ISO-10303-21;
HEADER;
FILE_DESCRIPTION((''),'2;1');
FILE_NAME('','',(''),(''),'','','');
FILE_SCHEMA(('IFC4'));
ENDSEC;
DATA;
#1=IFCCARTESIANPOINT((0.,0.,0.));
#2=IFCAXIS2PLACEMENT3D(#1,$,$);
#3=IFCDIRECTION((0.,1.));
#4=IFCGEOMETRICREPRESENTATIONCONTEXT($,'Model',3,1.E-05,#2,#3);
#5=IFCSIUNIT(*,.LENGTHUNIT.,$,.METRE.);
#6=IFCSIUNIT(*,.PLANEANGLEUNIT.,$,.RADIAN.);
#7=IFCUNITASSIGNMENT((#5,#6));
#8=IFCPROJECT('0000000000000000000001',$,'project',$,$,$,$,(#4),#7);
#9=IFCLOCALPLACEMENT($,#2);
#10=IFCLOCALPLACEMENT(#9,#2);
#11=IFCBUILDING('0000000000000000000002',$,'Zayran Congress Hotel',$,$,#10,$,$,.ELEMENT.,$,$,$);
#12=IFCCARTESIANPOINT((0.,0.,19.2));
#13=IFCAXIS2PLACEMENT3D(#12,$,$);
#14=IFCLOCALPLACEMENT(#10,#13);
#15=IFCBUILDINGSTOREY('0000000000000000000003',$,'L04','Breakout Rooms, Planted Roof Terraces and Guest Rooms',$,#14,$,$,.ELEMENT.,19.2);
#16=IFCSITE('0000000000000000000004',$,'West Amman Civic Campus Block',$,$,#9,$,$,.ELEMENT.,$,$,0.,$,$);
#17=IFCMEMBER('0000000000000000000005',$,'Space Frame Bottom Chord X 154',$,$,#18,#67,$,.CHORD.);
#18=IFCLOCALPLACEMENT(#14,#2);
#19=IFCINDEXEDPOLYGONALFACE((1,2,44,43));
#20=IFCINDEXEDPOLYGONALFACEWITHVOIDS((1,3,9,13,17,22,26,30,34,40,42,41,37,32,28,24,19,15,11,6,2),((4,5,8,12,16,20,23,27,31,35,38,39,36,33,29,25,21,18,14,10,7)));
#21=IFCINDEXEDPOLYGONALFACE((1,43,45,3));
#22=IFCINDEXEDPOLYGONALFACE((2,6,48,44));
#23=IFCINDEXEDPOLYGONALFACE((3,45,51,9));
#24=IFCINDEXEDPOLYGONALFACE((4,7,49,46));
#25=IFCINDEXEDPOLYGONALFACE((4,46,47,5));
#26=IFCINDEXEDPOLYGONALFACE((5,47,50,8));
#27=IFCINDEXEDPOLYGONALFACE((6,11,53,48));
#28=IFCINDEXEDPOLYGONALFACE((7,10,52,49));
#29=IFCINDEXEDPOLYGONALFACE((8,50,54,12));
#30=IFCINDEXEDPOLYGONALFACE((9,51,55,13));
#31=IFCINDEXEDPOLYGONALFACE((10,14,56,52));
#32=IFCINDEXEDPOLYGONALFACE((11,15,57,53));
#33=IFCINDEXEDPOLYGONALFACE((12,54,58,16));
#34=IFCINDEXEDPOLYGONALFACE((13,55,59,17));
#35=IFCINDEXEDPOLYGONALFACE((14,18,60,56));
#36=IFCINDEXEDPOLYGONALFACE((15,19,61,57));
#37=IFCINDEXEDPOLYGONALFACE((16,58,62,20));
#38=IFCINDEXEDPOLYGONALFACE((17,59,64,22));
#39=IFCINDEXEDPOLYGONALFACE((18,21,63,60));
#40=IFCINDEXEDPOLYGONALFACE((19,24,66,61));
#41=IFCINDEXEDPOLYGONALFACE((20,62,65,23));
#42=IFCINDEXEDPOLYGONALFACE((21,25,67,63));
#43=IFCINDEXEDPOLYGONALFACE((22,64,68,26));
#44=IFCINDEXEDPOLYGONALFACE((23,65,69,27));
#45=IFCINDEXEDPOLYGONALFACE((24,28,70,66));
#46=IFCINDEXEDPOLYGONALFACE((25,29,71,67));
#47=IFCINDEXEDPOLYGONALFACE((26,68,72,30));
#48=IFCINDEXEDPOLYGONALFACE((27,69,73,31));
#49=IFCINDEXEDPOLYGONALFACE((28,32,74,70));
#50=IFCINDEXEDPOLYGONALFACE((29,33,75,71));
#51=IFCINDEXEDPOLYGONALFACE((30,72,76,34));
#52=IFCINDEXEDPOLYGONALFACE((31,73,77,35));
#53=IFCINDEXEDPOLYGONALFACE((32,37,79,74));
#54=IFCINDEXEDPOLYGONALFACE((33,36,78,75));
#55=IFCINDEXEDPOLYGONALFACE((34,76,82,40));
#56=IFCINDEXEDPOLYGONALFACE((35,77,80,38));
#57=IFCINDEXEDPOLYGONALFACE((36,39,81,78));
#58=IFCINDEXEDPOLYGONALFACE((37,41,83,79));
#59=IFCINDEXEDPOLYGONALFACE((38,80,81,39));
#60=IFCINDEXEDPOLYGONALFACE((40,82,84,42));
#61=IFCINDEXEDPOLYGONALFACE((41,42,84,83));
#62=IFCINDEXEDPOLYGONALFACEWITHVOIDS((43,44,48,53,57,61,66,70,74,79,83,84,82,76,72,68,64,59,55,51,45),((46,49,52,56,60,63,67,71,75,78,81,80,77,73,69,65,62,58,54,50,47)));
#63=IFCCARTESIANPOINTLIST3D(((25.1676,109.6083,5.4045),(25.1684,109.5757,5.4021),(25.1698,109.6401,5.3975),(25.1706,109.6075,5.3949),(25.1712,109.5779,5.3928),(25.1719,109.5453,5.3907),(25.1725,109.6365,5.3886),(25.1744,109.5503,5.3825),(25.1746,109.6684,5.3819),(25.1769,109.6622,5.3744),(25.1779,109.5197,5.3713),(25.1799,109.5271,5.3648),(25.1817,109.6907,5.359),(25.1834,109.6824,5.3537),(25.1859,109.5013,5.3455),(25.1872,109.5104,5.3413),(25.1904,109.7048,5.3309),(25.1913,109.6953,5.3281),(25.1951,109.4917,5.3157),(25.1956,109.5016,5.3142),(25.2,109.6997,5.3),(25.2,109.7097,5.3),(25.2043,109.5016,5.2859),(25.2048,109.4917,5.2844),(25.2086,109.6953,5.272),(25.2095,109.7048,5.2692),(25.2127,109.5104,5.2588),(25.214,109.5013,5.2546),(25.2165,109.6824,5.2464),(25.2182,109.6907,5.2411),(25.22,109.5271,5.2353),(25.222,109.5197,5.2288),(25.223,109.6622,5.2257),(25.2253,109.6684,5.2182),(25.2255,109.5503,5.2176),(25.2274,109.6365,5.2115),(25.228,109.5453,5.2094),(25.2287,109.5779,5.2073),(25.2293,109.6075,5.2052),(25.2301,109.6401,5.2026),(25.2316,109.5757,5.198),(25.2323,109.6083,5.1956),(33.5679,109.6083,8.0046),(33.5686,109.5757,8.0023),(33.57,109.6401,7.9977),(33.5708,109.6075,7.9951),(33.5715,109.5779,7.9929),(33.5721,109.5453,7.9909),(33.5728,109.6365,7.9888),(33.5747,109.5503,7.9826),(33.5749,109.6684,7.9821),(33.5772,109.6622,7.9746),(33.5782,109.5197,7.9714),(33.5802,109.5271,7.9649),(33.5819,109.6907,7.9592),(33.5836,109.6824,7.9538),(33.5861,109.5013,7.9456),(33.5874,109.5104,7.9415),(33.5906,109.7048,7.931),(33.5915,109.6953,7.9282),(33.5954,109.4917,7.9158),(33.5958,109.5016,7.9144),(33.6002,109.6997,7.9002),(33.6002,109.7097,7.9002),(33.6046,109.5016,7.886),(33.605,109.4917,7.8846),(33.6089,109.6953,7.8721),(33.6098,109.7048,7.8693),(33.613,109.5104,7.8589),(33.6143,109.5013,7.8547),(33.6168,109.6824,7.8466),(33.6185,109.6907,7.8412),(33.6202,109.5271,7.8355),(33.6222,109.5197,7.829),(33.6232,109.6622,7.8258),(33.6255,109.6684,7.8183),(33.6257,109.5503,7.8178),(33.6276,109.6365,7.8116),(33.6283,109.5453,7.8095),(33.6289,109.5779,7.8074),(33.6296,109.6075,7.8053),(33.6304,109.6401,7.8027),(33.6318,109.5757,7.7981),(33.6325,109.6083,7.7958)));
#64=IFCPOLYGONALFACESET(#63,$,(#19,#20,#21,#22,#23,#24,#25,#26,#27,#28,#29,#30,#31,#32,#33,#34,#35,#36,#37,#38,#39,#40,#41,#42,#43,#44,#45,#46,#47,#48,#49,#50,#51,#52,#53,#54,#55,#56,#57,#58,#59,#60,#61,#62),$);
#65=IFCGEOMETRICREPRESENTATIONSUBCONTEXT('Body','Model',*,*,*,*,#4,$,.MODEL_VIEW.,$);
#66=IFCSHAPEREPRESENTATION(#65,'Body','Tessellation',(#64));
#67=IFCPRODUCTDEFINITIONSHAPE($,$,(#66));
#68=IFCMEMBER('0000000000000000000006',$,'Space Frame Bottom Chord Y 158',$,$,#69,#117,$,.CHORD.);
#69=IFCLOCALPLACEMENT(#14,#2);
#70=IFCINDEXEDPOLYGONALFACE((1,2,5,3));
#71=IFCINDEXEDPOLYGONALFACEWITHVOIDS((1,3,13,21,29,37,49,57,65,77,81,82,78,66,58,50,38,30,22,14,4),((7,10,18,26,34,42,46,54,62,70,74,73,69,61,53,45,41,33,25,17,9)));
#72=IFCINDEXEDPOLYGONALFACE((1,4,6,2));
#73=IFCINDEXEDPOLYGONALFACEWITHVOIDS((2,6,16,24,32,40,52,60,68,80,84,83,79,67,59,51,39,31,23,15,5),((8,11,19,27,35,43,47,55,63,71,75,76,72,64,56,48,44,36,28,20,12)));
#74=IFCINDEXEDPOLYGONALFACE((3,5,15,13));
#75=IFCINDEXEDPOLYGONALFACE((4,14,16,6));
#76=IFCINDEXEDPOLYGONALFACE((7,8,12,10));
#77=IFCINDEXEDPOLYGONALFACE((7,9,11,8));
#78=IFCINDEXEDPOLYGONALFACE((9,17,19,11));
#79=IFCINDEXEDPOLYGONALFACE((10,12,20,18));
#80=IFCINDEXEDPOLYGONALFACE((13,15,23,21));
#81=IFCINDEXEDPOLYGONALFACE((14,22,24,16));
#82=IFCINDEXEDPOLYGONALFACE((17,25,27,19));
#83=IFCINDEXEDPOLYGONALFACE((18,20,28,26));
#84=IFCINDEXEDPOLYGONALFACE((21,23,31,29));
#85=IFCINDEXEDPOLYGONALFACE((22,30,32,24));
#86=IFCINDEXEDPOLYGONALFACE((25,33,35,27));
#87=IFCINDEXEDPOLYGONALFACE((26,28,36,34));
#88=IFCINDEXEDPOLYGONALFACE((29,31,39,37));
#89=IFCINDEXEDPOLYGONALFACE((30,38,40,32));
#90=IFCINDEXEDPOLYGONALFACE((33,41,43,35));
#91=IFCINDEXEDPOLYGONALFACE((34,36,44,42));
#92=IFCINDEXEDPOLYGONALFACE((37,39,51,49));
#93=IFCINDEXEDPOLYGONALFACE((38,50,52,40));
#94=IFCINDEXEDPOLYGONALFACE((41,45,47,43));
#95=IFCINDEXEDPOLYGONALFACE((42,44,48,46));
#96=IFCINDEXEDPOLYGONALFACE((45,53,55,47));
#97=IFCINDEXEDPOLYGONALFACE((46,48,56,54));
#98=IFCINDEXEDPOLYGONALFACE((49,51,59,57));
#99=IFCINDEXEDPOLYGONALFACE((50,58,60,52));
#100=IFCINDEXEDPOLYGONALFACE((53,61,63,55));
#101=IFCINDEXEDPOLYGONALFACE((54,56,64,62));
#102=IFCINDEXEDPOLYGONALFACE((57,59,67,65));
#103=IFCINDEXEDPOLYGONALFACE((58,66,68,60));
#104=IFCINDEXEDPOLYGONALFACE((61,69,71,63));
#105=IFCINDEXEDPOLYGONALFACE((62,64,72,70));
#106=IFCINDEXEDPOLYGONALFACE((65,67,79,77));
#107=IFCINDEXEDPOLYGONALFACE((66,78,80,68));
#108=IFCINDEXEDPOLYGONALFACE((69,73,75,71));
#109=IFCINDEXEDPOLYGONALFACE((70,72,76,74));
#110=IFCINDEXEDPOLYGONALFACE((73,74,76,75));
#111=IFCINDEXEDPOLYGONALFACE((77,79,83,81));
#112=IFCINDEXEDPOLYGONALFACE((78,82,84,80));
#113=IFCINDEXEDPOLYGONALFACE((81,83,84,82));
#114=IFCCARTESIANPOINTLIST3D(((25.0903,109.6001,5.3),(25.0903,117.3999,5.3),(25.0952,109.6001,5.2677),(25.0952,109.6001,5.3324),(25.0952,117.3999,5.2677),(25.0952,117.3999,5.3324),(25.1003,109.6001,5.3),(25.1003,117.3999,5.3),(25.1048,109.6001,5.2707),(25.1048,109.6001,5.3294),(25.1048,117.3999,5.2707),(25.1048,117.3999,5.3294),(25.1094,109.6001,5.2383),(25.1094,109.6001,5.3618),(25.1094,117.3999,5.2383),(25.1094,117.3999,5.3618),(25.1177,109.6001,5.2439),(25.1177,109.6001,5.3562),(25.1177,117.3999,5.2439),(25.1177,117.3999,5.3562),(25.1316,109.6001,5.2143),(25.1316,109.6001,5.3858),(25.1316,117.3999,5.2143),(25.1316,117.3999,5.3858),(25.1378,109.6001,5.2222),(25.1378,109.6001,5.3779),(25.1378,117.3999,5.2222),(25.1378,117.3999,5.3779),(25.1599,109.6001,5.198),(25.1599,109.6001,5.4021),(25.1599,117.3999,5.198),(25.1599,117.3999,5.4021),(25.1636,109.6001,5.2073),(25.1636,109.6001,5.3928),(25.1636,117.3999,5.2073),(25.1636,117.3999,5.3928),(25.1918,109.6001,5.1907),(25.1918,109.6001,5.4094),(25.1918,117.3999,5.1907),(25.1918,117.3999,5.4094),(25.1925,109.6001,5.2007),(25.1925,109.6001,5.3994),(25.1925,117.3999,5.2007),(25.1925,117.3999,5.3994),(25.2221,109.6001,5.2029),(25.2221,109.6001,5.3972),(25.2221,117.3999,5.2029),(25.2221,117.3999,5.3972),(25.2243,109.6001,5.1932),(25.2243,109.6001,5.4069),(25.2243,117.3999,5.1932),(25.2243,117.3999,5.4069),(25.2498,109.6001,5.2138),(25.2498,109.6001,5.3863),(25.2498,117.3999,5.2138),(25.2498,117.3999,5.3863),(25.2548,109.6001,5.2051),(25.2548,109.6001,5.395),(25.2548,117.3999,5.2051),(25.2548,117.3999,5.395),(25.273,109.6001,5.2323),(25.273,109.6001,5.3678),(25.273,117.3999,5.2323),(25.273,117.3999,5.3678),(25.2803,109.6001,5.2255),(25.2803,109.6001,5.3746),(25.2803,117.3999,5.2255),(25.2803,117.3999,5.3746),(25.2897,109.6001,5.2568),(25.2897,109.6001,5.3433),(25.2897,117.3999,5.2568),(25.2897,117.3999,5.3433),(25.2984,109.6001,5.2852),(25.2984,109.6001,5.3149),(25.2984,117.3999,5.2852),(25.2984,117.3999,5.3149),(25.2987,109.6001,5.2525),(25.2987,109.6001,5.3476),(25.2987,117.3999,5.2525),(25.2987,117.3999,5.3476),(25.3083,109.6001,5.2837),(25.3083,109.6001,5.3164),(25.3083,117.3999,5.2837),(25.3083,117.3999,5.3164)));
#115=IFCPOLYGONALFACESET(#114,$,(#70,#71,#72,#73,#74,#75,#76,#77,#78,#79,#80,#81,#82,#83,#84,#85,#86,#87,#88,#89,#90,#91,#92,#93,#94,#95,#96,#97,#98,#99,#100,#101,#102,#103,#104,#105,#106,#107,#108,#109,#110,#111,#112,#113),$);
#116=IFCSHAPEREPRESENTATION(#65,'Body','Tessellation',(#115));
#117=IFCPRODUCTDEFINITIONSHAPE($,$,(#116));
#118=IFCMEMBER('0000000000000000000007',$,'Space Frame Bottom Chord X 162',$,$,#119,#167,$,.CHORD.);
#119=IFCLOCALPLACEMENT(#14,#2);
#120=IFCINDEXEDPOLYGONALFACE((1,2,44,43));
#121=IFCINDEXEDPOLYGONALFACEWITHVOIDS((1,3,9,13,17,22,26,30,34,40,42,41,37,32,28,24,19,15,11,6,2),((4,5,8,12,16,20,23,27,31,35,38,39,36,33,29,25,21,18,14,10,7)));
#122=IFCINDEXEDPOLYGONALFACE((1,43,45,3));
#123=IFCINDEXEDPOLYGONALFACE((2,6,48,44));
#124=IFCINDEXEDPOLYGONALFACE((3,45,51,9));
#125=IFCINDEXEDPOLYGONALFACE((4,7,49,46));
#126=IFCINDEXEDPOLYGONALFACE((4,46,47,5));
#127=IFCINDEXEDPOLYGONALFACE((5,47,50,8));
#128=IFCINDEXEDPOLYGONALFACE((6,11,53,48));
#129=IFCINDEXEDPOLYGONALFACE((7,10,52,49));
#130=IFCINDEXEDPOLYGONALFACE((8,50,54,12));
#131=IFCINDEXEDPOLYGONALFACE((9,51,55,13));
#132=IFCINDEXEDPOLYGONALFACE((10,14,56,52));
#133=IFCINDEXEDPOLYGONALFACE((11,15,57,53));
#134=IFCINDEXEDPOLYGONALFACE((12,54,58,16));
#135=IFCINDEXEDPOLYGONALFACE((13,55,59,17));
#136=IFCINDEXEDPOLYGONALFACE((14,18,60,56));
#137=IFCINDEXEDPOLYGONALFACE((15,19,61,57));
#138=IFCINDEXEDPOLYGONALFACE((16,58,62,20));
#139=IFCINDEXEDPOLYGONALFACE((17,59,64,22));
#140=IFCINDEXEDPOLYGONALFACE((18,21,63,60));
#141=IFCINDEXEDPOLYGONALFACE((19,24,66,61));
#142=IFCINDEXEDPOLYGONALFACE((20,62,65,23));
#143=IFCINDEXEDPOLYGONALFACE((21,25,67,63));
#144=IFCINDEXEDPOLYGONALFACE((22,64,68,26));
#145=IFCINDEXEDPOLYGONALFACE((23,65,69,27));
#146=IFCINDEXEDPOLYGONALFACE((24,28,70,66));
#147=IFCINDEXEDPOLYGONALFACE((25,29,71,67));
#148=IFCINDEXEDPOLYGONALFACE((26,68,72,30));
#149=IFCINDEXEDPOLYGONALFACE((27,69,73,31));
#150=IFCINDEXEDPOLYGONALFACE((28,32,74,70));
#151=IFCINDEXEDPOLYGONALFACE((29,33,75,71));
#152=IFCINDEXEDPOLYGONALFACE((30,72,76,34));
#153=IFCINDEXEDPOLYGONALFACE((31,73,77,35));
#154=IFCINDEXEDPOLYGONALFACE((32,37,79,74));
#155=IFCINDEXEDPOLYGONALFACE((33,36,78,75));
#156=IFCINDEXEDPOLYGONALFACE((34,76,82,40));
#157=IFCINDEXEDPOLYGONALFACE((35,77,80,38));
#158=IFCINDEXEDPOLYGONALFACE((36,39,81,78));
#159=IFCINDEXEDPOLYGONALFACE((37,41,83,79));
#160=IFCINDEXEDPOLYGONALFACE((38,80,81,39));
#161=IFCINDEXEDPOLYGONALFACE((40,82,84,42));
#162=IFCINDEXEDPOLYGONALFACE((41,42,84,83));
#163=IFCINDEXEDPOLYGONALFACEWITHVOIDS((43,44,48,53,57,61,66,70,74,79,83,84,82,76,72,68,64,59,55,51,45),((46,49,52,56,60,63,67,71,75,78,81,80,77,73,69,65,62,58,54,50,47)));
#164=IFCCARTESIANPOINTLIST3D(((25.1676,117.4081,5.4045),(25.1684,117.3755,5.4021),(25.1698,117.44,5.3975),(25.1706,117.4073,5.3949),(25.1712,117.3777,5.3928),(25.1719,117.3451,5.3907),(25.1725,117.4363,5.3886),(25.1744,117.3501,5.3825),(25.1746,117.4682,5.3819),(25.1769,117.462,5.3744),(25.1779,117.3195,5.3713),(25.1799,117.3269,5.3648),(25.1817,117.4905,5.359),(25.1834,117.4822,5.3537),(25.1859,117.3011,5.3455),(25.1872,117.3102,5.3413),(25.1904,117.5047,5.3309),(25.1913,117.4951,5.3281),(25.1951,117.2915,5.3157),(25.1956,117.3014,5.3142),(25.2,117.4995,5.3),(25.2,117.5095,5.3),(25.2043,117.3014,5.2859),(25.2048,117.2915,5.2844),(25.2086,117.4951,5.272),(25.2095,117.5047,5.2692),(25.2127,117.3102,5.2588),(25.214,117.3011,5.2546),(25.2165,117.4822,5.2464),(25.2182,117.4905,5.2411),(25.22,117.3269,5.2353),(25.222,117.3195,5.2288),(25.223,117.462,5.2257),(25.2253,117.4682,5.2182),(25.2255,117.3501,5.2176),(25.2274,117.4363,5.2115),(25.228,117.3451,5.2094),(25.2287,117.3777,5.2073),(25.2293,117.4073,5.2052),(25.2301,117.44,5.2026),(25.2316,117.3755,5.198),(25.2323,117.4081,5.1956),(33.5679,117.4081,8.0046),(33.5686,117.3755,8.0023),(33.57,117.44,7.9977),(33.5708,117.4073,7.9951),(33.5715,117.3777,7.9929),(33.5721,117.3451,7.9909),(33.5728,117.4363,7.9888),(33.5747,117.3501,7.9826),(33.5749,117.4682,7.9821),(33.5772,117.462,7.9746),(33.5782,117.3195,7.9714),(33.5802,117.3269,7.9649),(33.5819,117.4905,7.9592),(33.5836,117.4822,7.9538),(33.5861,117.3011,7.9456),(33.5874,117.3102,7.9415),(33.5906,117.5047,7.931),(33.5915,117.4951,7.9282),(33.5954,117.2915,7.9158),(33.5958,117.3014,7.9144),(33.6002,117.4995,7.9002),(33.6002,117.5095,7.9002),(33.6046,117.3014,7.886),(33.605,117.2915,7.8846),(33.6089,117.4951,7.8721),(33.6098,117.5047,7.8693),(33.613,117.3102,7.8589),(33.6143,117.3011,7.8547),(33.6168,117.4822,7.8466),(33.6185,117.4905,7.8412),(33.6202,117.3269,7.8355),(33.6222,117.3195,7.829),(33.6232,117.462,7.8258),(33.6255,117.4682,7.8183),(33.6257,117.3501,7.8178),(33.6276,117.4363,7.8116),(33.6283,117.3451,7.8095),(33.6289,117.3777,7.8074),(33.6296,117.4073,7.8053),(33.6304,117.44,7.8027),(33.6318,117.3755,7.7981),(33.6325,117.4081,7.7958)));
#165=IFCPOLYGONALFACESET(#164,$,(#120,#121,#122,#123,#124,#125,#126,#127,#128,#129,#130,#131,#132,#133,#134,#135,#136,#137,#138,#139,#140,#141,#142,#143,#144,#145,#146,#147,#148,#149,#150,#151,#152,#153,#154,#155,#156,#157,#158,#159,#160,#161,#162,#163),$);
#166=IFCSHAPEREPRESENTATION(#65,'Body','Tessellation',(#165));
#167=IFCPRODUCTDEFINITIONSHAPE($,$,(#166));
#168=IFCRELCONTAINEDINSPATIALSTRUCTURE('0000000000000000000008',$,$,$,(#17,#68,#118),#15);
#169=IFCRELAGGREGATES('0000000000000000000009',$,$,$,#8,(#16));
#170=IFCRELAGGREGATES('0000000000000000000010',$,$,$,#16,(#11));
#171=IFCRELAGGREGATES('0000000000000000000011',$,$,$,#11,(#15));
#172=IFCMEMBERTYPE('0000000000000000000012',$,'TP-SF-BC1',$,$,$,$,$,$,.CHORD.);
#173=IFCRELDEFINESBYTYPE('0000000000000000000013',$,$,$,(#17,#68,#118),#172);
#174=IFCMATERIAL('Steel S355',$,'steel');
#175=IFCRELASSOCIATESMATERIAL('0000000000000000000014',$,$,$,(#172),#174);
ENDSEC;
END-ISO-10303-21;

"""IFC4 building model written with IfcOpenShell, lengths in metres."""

from ifc_helpers import new_model, si_unit, direction, frame, origin, origin_2d, place, context, subcontext, project, spatial, hollow_circle, extrude, material, material_profile, profile_set, type_object, element, save


model = new_model("IFC4")

# Units and contexts
model_context = context("Model", 3, precision=1e-05, world=origin(), true_north=direction((0.0, 1.0)))
body_context = subcontext(model_context, "Body", "Model", "MODEL_VIEW")
ifc_project = project(units=[si_unit("LENGTHUNIT", "METRE"), si_unit("PLANEANGLEUNIT", "RADIAN")], contexts=[model_context])

# Site, building, storey
site_placement = place(None, origin())
site = spatial("IfcSite", under=ifc_project, at=site_placement, Name="West Amman Civic Campus Block", CompositionType="ELEMENT", RefElevation=0.0)
building_placement = place(site_placement, origin())
building = spatial("IfcBuilding", under=site, at=building_placement, Name="Zayran Congress Hotel", CompositionType="ELEMENT")
storey_placement = place(building_placement, frame((0.0, 0.0, 19.2)))
storey = spatial("IfcBuildingStorey", under=building, at=storey_placement, Name="L04", Description="Breakout Rooms, Planted Roof Terraces and Guest Rooms", CompositionType="ELEMENT", Elevation=19.2)

# Shared definitions
ifc_material_1 = material(Name="Steel S355", Category="steel")

# Members
ifc_material_profile_1 = material_profile(ifc_material_1, hollow_circle(Radius=0.1096, WallThickness=0.01, at=origin_2d()), Name="CHS 219.1x10")
ifc_profile_set_1 = profile_set([ifc_material_profile_1], Name="Steel S355")
member_type_1 = type_object("IfcMemberType", Name="TP-SF-BC1", PredefinedType="CHORD", material=ifc_profile_set_1)
member_1_placement = place(storey_placement, frame((25.2, 109.6001, 5.3), z_axis=(0.955284, 0.0, 0.295689), x_axis=(0.0, 1.0, 0.0)))
element("IfcMember", 1, at=member_1_placement, inside=storey, type_object=member_type_1, Name="Space Frame Bottom Chord X 154", PredefinedType="CHORD", context=body_context, shape_type="SweptSolid", body=[
    extrude(hollow_circle(Radius=0.1096, WallThickness=0.01, at=origin_2d()), origin(), (0.0, 0.0, 1.0), 8.7935),
])
member_2_placement = place(storey_placement, frame((25.2, 109.6001, 5.3), z_axis=(0.0, 1.0, 0.0), x_axis=(-1.0, 0.0, 0.0)))
element("IfcMember", 2, at=member_2_placement, inside=storey, type_object=member_type_1, Name="Space Frame Bottom Chord Y 158", PredefinedType="CHORD", context=body_context, shape_type="SweptSolid", body=[
    extrude(hollow_circle(Radius=0.1096, WallThickness=0.01, at=origin_2d()), origin(), (0.0, 0.0, 1.0), 7.7998),
])
member_3_placement = place(storey_placement, frame((25.2, 117.3999, 5.3), z_axis=(0.955284, 0.0, 0.295689), x_axis=(0.0, 1.0, 0.0)))
element("IfcMember", 3, at=member_3_placement, inside=storey, type_object=member_type_1, Name="Space Frame Bottom Chord X 162", PredefinedType="CHORD", context=body_context, shape_type="SweptSolid", body=[
    extrude(hollow_circle(Radius=0.1096, WallThickness=0.01, at=origin_2d()), origin(), (0.0, 0.0, 1.0), 8.7935),
])

save(model, "model.ifc")
